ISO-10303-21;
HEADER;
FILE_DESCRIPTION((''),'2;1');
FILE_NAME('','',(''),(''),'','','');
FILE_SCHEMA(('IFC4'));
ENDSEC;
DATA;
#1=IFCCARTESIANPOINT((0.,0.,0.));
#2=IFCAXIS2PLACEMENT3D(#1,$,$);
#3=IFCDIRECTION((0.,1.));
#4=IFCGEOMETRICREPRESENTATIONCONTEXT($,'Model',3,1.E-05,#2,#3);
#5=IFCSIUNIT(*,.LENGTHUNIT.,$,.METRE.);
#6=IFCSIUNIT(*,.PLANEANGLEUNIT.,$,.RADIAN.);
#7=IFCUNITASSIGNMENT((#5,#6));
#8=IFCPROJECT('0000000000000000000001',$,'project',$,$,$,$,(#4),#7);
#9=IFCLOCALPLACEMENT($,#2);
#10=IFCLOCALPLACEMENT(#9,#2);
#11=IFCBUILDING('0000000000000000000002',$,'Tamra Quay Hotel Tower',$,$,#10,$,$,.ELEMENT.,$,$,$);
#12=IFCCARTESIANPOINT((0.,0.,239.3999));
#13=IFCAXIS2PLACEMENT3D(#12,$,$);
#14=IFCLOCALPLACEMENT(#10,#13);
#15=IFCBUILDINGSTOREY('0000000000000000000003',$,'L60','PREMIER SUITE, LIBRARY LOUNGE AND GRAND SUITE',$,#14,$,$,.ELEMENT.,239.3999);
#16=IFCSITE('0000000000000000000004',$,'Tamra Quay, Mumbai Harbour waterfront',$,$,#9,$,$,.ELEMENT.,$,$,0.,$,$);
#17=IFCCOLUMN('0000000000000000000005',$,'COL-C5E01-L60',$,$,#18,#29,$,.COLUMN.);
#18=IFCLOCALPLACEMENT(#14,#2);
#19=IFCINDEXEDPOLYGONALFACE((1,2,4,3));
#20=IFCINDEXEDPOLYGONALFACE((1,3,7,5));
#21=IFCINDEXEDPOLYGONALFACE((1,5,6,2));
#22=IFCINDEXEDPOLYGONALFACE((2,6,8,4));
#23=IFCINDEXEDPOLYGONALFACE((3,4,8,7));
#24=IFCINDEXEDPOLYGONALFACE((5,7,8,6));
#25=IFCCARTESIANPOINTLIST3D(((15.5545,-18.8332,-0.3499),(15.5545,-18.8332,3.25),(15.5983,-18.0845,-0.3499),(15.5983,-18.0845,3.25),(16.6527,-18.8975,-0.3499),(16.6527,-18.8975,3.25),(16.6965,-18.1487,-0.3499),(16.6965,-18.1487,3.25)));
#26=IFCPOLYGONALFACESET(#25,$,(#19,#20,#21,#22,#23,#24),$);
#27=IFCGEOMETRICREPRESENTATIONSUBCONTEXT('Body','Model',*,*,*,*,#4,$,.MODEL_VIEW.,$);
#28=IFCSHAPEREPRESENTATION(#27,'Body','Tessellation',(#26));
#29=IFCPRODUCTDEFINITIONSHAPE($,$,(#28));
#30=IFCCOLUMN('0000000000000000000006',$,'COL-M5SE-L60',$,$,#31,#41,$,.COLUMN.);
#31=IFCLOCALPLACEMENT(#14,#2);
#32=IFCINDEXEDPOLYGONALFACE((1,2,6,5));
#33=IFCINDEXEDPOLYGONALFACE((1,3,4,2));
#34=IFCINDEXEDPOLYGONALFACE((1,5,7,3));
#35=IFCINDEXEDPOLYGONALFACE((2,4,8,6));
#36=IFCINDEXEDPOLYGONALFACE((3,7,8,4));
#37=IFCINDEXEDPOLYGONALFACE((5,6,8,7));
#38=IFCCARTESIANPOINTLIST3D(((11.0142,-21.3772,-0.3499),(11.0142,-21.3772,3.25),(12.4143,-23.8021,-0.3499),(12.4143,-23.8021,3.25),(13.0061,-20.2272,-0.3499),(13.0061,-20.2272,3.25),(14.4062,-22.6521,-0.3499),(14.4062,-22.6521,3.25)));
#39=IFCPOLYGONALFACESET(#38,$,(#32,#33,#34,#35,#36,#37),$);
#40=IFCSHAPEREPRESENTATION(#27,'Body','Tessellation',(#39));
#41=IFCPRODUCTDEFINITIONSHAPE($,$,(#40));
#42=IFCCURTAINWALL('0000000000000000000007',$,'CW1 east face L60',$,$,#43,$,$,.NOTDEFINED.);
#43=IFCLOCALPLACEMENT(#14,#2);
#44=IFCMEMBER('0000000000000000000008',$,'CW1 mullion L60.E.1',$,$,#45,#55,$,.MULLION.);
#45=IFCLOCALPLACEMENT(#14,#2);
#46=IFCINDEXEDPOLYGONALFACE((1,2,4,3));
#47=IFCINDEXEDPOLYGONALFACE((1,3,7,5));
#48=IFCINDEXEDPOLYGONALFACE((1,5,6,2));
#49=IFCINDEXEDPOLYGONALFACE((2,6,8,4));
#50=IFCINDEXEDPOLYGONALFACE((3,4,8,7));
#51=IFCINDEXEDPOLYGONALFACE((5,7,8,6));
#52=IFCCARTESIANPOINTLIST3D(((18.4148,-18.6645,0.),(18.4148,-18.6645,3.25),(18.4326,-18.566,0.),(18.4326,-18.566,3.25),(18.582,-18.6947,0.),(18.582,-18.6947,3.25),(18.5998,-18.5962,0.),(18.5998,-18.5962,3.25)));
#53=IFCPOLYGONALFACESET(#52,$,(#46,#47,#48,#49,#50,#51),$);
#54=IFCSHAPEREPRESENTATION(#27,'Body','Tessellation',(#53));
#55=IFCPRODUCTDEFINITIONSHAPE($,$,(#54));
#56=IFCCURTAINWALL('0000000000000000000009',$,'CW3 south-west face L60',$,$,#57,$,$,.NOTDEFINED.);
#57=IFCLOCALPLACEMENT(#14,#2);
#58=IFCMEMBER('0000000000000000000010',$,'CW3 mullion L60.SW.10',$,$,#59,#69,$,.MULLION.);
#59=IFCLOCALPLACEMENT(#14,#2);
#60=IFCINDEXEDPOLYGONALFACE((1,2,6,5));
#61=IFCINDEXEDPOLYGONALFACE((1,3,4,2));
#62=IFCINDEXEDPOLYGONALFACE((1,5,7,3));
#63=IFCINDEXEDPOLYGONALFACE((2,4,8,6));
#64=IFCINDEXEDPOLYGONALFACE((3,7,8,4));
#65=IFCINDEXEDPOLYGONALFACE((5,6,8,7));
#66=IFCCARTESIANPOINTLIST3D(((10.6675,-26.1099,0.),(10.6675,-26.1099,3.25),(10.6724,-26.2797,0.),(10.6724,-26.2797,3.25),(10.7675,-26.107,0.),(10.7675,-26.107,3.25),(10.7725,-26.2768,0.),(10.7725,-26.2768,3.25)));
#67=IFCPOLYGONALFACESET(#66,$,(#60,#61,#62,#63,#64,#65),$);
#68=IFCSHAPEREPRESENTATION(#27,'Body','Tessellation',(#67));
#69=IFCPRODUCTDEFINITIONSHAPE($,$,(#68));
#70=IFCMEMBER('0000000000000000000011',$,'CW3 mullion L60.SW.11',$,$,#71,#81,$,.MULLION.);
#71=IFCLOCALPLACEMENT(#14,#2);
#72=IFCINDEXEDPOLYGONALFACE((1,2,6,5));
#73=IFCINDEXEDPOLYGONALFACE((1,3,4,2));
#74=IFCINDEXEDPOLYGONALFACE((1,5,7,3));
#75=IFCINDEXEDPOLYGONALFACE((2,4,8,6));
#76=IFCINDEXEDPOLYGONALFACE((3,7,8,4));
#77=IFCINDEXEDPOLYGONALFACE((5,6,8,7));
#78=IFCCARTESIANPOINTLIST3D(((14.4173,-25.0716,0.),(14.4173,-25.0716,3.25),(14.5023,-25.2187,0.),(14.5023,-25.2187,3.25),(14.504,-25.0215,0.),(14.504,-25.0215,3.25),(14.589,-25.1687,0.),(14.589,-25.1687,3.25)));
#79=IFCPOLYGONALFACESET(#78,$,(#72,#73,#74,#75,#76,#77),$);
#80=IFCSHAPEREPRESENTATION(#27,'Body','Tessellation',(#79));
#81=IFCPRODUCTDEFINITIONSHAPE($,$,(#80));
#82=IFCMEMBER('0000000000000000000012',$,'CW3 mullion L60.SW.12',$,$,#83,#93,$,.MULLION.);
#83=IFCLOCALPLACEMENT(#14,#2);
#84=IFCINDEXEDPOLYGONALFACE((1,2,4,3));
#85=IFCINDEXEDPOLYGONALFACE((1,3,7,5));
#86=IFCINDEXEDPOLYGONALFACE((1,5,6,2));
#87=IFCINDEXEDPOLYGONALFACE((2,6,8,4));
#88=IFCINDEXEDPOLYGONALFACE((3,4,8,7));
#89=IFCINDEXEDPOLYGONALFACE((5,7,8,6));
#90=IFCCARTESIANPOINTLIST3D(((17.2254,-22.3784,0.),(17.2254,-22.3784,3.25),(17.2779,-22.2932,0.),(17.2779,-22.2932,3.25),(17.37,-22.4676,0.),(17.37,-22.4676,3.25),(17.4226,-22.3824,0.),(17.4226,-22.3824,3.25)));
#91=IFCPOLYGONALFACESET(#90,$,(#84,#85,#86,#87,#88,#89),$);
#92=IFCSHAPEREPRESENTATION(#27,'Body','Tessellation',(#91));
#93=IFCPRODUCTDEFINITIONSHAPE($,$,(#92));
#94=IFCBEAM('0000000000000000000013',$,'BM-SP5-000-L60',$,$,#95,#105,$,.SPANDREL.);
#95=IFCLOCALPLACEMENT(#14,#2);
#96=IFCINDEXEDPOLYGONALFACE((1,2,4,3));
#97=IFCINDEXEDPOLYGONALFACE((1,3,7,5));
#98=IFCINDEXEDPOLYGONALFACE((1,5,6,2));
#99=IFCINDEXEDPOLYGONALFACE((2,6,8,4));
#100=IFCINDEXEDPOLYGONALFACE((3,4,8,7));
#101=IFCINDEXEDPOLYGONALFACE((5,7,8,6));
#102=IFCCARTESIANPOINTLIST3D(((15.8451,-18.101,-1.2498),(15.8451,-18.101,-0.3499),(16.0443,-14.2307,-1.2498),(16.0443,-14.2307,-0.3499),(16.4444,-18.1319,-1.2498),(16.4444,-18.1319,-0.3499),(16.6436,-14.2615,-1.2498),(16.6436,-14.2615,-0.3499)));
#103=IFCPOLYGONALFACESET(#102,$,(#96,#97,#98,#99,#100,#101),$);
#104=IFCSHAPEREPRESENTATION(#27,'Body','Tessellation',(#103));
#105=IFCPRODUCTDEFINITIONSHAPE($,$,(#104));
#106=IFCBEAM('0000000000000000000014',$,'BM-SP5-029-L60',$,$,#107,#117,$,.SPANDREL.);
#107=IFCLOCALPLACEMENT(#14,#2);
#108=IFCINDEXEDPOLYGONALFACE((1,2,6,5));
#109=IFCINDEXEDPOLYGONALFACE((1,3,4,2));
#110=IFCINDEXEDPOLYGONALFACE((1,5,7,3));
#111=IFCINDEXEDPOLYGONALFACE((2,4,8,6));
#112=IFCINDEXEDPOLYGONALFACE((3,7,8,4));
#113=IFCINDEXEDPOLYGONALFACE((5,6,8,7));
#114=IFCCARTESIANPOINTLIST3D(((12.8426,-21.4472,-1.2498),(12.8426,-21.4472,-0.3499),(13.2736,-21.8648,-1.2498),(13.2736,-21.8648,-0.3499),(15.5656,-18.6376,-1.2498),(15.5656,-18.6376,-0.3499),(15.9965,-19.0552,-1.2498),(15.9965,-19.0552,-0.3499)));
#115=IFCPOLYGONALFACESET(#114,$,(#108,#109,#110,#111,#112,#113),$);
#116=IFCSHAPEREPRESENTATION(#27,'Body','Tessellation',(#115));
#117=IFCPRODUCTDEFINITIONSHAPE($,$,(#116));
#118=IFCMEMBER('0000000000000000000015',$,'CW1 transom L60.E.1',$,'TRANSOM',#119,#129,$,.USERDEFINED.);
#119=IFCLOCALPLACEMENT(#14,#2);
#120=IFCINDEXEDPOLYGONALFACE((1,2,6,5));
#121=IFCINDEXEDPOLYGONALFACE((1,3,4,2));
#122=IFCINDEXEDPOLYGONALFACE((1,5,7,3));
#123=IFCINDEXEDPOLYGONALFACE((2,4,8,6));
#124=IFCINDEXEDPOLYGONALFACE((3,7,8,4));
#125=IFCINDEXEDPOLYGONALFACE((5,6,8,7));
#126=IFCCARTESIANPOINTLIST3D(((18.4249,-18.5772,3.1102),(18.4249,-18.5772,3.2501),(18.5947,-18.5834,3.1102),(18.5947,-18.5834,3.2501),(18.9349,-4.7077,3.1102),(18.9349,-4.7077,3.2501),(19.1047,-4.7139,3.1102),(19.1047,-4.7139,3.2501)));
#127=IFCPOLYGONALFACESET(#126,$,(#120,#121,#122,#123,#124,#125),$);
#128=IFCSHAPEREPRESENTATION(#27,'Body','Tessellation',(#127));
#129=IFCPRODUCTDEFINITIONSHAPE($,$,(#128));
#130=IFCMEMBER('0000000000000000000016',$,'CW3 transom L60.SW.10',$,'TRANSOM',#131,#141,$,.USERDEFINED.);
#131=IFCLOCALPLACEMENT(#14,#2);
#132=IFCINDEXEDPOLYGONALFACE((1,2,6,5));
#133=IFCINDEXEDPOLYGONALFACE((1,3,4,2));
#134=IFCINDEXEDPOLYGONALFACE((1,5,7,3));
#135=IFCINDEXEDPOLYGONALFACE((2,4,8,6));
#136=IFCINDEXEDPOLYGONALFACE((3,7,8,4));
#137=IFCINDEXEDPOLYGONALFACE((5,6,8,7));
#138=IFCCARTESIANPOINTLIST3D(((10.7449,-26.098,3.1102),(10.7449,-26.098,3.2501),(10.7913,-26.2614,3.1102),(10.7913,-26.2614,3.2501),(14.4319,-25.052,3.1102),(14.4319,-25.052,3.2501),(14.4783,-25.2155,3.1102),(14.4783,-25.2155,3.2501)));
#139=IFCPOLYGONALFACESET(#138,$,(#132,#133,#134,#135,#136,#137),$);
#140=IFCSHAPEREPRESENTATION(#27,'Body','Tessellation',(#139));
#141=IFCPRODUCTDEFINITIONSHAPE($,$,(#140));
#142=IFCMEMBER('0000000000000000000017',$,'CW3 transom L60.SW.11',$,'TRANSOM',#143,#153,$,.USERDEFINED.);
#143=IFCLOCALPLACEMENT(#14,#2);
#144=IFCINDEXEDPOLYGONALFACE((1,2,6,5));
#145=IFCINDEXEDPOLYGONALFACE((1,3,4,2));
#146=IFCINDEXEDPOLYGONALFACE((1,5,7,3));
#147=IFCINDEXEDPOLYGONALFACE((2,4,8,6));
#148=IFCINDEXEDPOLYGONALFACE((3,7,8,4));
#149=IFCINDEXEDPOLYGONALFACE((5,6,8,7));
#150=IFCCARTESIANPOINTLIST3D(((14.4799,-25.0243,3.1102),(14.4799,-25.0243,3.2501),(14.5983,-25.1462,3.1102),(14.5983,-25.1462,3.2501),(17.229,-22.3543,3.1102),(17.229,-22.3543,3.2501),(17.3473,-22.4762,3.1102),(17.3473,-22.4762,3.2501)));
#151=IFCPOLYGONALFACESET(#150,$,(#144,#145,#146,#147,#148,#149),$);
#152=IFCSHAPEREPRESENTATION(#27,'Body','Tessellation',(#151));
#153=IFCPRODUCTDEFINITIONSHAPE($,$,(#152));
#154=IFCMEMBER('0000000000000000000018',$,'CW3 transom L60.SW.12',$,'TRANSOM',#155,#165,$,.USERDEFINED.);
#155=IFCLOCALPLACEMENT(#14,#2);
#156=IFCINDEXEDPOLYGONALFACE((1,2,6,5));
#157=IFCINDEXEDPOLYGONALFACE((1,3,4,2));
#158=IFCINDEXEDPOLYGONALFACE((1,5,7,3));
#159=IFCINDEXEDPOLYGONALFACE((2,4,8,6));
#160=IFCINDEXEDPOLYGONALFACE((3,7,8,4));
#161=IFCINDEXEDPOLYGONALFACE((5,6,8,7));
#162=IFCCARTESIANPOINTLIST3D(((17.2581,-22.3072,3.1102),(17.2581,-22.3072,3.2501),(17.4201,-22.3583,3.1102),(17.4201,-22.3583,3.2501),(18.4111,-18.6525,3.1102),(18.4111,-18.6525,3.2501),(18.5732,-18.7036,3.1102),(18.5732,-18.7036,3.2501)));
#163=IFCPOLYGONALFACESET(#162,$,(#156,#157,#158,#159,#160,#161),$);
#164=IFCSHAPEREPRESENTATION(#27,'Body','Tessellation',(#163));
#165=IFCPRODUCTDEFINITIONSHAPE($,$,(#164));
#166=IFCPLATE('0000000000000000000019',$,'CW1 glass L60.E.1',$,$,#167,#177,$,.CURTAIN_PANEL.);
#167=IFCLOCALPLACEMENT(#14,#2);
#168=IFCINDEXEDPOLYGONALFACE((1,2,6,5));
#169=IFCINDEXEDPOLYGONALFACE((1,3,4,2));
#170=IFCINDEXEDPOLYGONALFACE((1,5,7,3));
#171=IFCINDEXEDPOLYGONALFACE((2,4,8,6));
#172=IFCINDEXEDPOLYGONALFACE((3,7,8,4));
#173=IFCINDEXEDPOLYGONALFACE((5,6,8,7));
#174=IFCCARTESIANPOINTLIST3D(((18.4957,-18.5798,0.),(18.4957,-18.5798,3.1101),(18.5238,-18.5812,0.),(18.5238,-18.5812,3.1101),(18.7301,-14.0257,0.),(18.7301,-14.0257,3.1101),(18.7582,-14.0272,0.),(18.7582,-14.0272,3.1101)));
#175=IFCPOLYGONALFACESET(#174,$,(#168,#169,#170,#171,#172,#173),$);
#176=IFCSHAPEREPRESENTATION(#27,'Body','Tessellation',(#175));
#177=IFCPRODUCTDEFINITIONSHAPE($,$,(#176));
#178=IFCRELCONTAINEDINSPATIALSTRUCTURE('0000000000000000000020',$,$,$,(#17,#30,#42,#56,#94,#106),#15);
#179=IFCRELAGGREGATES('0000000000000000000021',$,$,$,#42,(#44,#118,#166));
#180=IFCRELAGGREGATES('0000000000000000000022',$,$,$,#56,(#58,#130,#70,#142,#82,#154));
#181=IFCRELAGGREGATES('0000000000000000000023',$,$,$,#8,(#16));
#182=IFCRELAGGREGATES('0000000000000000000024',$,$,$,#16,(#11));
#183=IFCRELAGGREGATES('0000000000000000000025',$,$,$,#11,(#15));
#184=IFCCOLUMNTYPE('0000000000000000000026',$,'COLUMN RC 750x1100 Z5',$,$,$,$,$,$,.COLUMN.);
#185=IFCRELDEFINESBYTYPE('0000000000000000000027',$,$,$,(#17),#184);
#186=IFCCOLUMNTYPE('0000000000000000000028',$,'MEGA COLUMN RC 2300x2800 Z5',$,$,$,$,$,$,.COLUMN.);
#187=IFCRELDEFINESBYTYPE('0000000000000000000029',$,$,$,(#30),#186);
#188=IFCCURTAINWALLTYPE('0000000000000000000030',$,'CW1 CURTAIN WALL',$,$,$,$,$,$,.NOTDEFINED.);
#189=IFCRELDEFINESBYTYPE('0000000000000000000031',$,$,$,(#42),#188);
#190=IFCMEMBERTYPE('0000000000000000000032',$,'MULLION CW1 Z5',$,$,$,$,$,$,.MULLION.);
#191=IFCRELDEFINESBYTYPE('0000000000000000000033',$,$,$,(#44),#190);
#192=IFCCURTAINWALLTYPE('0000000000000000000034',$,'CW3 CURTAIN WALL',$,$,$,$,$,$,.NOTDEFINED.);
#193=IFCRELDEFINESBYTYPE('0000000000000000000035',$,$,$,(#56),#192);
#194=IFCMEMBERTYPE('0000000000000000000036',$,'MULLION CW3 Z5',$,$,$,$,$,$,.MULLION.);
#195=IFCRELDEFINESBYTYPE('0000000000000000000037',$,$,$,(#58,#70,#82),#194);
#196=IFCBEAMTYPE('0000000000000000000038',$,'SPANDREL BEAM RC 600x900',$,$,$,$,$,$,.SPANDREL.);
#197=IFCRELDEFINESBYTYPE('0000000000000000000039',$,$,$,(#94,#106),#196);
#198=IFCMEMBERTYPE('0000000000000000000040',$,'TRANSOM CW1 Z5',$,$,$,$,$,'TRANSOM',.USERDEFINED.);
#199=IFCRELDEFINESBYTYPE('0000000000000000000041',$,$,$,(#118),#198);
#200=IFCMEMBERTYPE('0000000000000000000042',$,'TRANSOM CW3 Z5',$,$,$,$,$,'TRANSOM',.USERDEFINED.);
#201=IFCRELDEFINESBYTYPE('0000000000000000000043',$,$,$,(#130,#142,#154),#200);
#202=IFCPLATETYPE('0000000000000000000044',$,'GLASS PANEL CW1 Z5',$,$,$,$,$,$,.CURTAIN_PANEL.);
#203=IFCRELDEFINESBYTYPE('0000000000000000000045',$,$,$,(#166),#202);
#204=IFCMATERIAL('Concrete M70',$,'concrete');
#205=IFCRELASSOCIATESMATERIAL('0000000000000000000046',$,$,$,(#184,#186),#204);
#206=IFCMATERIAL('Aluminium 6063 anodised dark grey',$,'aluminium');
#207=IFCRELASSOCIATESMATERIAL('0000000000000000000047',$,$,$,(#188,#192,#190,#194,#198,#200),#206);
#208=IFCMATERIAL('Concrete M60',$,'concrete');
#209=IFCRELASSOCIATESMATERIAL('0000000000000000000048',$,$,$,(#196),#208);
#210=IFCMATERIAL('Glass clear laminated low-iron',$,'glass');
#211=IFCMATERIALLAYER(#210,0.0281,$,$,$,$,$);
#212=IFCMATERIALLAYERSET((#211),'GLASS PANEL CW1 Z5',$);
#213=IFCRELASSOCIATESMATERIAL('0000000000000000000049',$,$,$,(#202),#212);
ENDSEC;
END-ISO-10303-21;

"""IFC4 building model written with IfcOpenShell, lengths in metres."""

from ifc_helpers import new_model, si_unit, direction, frame, origin, origin_2d, place, context, subcontext, project, spatial, rectangle, extrude, material, layer, layer_set, material_profile, profile_set, type_object, element, aggregate, save


model = new_model("IFC4")

# Units and contexts
model_context = context("Model", 3, precision=1e-05, world=origin(), true_north=direction((0.0, 1.0)))
body_context = subcontext(model_context, "Body", "Model", "MODEL_VIEW")
ifc_project = project(units=[si_unit("LENGTHUNIT", "METRE"), si_unit("PLANEANGLEUNIT", "RADIAN")], contexts=[model_context])

# Site, building, storey
site_placement = place(None, origin())
site = spatial("IfcSite", under=ifc_project, at=site_placement, Name="Tamra Quay, Mumbai Harbour waterfront", CompositionType="ELEMENT", RefElevation=0.0)
building_placement = place(site_placement, origin())
building = spatial("IfcBuilding", under=site, at=building_placement, Name="Tamra Quay Hotel Tower", CompositionType="ELEMENT")
storey_placement = place(building_placement, frame((0.0, 0.0, 239.3999)))
storey = spatial("IfcBuildingStorey", under=building, at=storey_placement, Name="L60", Description="PREMIER SUITE, LIBRARY LOUNGE AND GRAND SUITE", CompositionType="ELEMENT", Elevation=239.3999)

# Columns
ifc_material_1 = material(Name="Concrete M70", Category="concrete")
ifc_material_profile_1 = material_profile(ifc_material_1, rectangle(XDim=1.1001, YDim=0.75, at=origin_2d()), Name="COLUMN RC 750x1100 Z5")
ifc_profile_set_1 = profile_set([ifc_material_profile_1], Name="Concrete M70")
column_type_1 = type_object("IfcColumnType", Name="COLUMN RC 750x1100 Z5", PredefinedType="COLUMN", material=ifc_profile_set_1)
column_1_placement = place(storey_placement, frame((16.1255, -18.491, -0.3499), z_axis=(0.0, 0.0, 1.0), x_axis=(-0.998292, 0.05842, 0.0)))
element("IfcColumn", 1, at=column_1_placement, inside=storey, type_object=column_type_1, Name="COL-C5E01-L60", PredefinedType="COLUMN", context=body_context, shape_type="SweptSolid", body=[
    extrude(rectangle(XDim=1.1001, YDim=0.75, at=origin_2d()), origin(), (0.0, 0.0, 1.0), 3.5999),
])
ifc_material_profile_2 = material_profile(ifc_material_1, rectangle(XDim=2.8, YDim=2.3, at=origin_2d()), Name="MEGA COLUMN RC 2300x2800 Z5")
ifc_profile_set_2 = profile_set([ifc_material_profile_2], Name="Concrete M70")
column_type_2 = type_object("IfcColumnType", Name="MEGA COLUMN RC 2300x2800 Z5", PredefinedType="COLUMN", material=ifc_profile_set_2)
column_2_placement = place(storey_placement, frame((12.7102, -22.0146, -0.3499), z_axis=(0.0, 0.0, 1.0), x_axis=(-0.5, 0.866025, 0.0)))
element("IfcColumn", 2, at=column_2_placement, inside=storey, type_object=column_type_2, Name="COL-M5SE-L60", PredefinedType="COLUMN", context=body_context, shape_type="SweptSolid", body=[
    extrude(rectangle(XDim=2.8, YDim=2.3, at=origin_2d()), origin(), (0.0, 0.0, 1.0), 3.5999),
])

# Curtain wall, member
ifc_material_2 = material(Name="Aluminium 6063 anodised dark grey", Category="aluminium")
curtain_wall_type_1 = type_object("IfcCurtainWallType", Name="CW1 CURTAIN WALL", PredefinedType="NOTDEFINED", material=ifc_material_2)
curtain_wall_1_placement = place(storey_placement, origin())
curtain_wall_1 = element("IfcCurtainWall", 3, at=curtain_wall_1_placement, inside=storey, type_object=curtain_wall_type_1, Name="CW1 east face L60", PredefinedType="NOTDEFINED")
ifc_material_profile_3 = material_profile(ifc_material_2, rectangle(XDim=0.1699, YDim=0.1001, at=origin_2d()), Name="MULLION 100X170")
ifc_profile_set_3 = profile_set([ifc_material_profile_3], Name="Aluminium 6063 anodised dark grey")
member_type_1 = type_object("IfcMemberType", Name="MULLION CW1 Z5", PredefinedType="MULLION", material=ifc_profile_set_3)
member_1_placement = place(storey_placement, frame((18.5073, -18.6304, 0.0), z_axis=(0.0, 0.0, 1.0), x_axis=(0.984105, -0.177586, 0.0)))
member_1 = element("IfcMember", 4, at=member_1_placement, type_object=member_type_1, Name="CW1 mullion L60.E.1", PredefinedType="MULLION", context=body_context, shape_type="SweptSolid", body=[
    extrude(rectangle(XDim=0.1699, YDim=0.1001, at=origin_2d()), origin(), (0.0, 0.0, 1.0), 3.25),
])

# Curtain wall, members
curtain_wall_type_2 = type_object("IfcCurtainWallType", Name="CW3 CURTAIN WALL", PredefinedType="NOTDEFINED", material=ifc_material_2)
curtain_wall_2_placement = place(storey_placement, origin())
curtain_wall_2 = element("IfcCurtainWall", 5, at=curtain_wall_2_placement, inside=storey, type_object=curtain_wall_type_2, Name="CW3 south-west face L60", PredefinedType="NOTDEFINED")
ifc_material_profile_4 = material_profile(ifc_material_2, rectangle(XDim=0.1699, YDim=0.1001, at=origin_2d()), Name="MULLION 100X170")
ifc_profile_set_4 = profile_set([ifc_material_profile_4], Name="Aluminium 6063 anodised dark grey")
member_type_2 = type_object("IfcMemberType", Name="MULLION CW3 Z5", PredefinedType="MULLION", material=ifc_profile_set_4)
member_2_placement = place(storey_placement, frame((10.72, -26.1934, 0.0), z_axis=(0.0, 0.0, 1.0), x_axis=(0.029223, -0.999573, 0.0)))
member_2 = element("IfcMember", 6, at=member_2_placement, type_object=member_type_2, Name="CW3 mullion L60.SW.10", PredefinedType="MULLION", context=body_context, shape_type="SweptSolid", body=[
    extrude(rectangle(XDim=0.1699, YDim=0.1001, at=origin_2d()), origin(), (0.0, 0.0, 1.0), 3.25),
])
member_3_placement = place(storey_placement, frame((14.5032, -25.1201, 0.0), z_axis=(0.0, 0.0, 1.0), x_axis=(0.5, -0.866025, 0.0)))
member_3 = element("IfcMember", 7, at=member_3_placement, type_object=member_type_2, Name="CW3 mullion L60.SW.11", PredefinedType="MULLION", context=body_context, shape_type="SweptSolid", body=[
    extrude(rectangle(XDim=0.1699, YDim=0.1001, at=origin_2d()), origin(), (0.0, 0.0, 1.0), 3.25),
])
member_4_placement = place(storey_placement, frame((17.324, -22.3804, 0.0), z_axis=(0.0, 0.0, 1.0), x_axis=(0.851044, -0.525094, 0.0)))
member_4 = element("IfcMember", 8, at=member_4_placement, type_object=member_type_2, Name="CW3 mullion L60.SW.12", PredefinedType="MULLION", context=body_context, shape_type="SweptSolid", body=[
    extrude(rectangle(XDim=0.1699, YDim=0.1001, at=origin_2d()), origin(), (0.0, 0.0, 1.0), 3.25),
])

# Beams
ifc_material_3 = material(Name="Concrete M60", Category="concrete")
ifc_material_profile_5 = material_profile(ifc_material_3, rectangle(XDim=0.6001, YDim=0.8999, at=origin_2d()), Name="SPANDREL BEAM RC 600x900")
ifc_profile_set_5 = profile_set([ifc_material_profile_5], Name="Concrete M60")
beam_type = type_object("IfcBeamType", Name="SPANDREL BEAM RC 600x900", PredefinedType="SPANDREL", material=ifc_profile_set_5)
beam_1_placement = place(storey_placement, frame((16.1448, -18.1165, -0.7998), z_axis=(0.051405, 0.998678, 0.0), x_axis=(-0.998678, 0.051405, 0.0)))
element("IfcBeam", 9, at=beam_1_placement, inside=storey, type_object=beam_type, Name="BM-SP5-000-L60", PredefinedType="SPANDREL", context=body_context, shape_type="SweptSolid", body=[
    extrude(rectangle(XDim=0.6001, YDim=0.8999, at=origin_2d()), origin(), (0.0, 0.0, 1.0), 3.8755),
])
beam_2_placement = place(storey_placement, frame((13.0581, -21.656, -0.7998), z_axis=(0.695944, 0.718096, 0.0), x_axis=(-0.718096, 0.695944, 0.0)))
element("IfcBeam", 10, at=beam_2_placement, inside=storey, type_object=beam_type, Name="BM-SP5-029-L60", PredefinedType="SPANDREL", context=body_context, shape_type="SweptSolid", body=[
    extrude(rectangle(XDim=0.6001, YDim=0.8999, at=origin_2d()), origin(), (0.0, 0.0, 1.0), 3.9126),
])

# Members
ifc_material_profile_6 = material_profile(ifc_material_2, rectangle(XDim=0.1699, YDim=0.1399, at=origin_2d()), Name="TRANSOM 170X140")
ifc_profile_set_6 = profile_set([ifc_material_profile_6], Name="Aluminium 6063 anodised dark grey")
member_type_3 = type_object("IfcMemberType", Name="TRANSOM CW1 Z5", ElementType="TRANSOM", PredefinedType="USERDEFINED", material=ifc_profile_set_6)
member_5_placement = place(storey_placement, frame((18.5098, -18.5803, 3.1802), z_axis=(0.036747, 0.999325, 0.0), x_axis=(-0.999325, 0.036747, 0.0)))
member_5 = element("IfcMember", 11, at=member_5_placement, type_object=member_type_3, Name="CW1 transom L60.E.1", ObjectType="TRANSOM", PredefinedType="USERDEFINED", context=body_context, shape_type="SweptSolid", body=[
    extrude(rectangle(XDim=0.1699, YDim=0.1399, at=origin_2d()), origin(), (0.0, 0.0, 1.0), 13.8789),
])
ifc_material_profile_7 = material_profile(ifc_material_2, rectangle(XDim=0.1699, YDim=0.1399, at=origin_2d()), Name="TRANSOM 170X140")
ifc_profile_set_7 = profile_set([ifc_material_profile_7], Name="Aluminium 6063 anodised dark grey")
member_type_4 = type_object("IfcMemberType", Name="TRANSOM CW3 Z5", ElementType="TRANSOM", PredefinedType="USERDEFINED", material=ifc_profile_set_7)
member_6_placement = place(storey_placement, frame((10.7681, -26.1797, 3.1802), z_axis=(0.962041, 0.272903, 0.0), x_axis=(-0.272903, 0.962041, 0.0)))
member_6 = element("IfcMember", 12, at=member_6_placement, type_object=member_type_4, Name="CW3 transom L60.SW.10", ObjectType="TRANSOM", PredefinedType="USERDEFINED", context=body_context, shape_type="SweptSolid", body=[
    extrude(rectangle(XDim=0.1699, YDim=0.1399, at=origin_2d()), origin(), (0.0, 0.0, 1.0), 3.8325),
])
member_7_placement = place(storey_placement, frame((14.5391, -25.0852, 3.1802), z_axis=(0.717352, 0.696711, 0.0), x_axis=(-0.696711, 0.717352, 0.0)))
member_7 = element("IfcMember", 13, at=member_7_placement, type_object=member_type_4, Name="CW3 transom L60.SW.11", ObjectType="TRANSOM", PredefinedType="USERDEFINED", context=body_context, shape_type="SweptSolid", body=[
    extrude(rectangle(XDim=0.1699, YDim=0.1399, at=origin_2d()), origin(), (0.0, 0.0, 1.0), 3.8323),
])
member_8_placement = place(storey_placement, frame((17.3391, -22.3328, 3.1802), z_axis=(0.300878, 0.953663, 0.0), x_axis=(-0.953663, 0.300878, 0.0)))
member_8 = element("IfcMember", 14, at=member_8_placement, type_object=member_type_4, Name="CW3 transom L60.SW.12", ObjectType="TRANSOM", PredefinedType="USERDEFINED", context=body_context, shape_type="SweptSolid", body=[
    extrude(rectangle(XDim=0.1699, YDim=0.1399, at=origin_2d()), origin(), (0.0, 0.0, 1.0), 3.8323),
])

# Plate
ifc_material_4 = material(Name="Glass clear laminated low-iron", Category="glass")
ifc_layer_1 = layer(ifc_material_4, 0.0281)
ifc_layer_set_1 = layer_set([ifc_layer_1], Name="GLASS PANEL CW1 Z5")
plate_type_1 = type_object("IfcPlateType", Name="GLASS PANEL CW1 Z5", PredefinedType="CURTAIN_PANEL", material=ifc_layer_set_1)
plate_1_placement = place(storey_placement, frame((18.627, -16.3035, 0.0), z_axis=(0.0, 0.0, 1.0), x_axis=(0.051403, 0.998678, 0.0)))
plate_1 = element("IfcPlate", 15, at=plate_1_placement, type_object=plate_type_1, Name="CW1 glass L60.E.1", PredefinedType="CURTAIN_PANEL", context=body_context, shape_type="SweptSolid", body=[
    extrude(rectangle(XDim=4.5601, YDim=0.0281, at=origin_2d()), origin(), (0.0, 0.0, 1.0), 3.1101),
])
aggregate(curtain_wall_1, [member_1, member_5, plate_1])
aggregate(curtain_wall_2, [member_2, member_6, member_3, member_7, member_4, member_8])

save(model, "model.ifc")
